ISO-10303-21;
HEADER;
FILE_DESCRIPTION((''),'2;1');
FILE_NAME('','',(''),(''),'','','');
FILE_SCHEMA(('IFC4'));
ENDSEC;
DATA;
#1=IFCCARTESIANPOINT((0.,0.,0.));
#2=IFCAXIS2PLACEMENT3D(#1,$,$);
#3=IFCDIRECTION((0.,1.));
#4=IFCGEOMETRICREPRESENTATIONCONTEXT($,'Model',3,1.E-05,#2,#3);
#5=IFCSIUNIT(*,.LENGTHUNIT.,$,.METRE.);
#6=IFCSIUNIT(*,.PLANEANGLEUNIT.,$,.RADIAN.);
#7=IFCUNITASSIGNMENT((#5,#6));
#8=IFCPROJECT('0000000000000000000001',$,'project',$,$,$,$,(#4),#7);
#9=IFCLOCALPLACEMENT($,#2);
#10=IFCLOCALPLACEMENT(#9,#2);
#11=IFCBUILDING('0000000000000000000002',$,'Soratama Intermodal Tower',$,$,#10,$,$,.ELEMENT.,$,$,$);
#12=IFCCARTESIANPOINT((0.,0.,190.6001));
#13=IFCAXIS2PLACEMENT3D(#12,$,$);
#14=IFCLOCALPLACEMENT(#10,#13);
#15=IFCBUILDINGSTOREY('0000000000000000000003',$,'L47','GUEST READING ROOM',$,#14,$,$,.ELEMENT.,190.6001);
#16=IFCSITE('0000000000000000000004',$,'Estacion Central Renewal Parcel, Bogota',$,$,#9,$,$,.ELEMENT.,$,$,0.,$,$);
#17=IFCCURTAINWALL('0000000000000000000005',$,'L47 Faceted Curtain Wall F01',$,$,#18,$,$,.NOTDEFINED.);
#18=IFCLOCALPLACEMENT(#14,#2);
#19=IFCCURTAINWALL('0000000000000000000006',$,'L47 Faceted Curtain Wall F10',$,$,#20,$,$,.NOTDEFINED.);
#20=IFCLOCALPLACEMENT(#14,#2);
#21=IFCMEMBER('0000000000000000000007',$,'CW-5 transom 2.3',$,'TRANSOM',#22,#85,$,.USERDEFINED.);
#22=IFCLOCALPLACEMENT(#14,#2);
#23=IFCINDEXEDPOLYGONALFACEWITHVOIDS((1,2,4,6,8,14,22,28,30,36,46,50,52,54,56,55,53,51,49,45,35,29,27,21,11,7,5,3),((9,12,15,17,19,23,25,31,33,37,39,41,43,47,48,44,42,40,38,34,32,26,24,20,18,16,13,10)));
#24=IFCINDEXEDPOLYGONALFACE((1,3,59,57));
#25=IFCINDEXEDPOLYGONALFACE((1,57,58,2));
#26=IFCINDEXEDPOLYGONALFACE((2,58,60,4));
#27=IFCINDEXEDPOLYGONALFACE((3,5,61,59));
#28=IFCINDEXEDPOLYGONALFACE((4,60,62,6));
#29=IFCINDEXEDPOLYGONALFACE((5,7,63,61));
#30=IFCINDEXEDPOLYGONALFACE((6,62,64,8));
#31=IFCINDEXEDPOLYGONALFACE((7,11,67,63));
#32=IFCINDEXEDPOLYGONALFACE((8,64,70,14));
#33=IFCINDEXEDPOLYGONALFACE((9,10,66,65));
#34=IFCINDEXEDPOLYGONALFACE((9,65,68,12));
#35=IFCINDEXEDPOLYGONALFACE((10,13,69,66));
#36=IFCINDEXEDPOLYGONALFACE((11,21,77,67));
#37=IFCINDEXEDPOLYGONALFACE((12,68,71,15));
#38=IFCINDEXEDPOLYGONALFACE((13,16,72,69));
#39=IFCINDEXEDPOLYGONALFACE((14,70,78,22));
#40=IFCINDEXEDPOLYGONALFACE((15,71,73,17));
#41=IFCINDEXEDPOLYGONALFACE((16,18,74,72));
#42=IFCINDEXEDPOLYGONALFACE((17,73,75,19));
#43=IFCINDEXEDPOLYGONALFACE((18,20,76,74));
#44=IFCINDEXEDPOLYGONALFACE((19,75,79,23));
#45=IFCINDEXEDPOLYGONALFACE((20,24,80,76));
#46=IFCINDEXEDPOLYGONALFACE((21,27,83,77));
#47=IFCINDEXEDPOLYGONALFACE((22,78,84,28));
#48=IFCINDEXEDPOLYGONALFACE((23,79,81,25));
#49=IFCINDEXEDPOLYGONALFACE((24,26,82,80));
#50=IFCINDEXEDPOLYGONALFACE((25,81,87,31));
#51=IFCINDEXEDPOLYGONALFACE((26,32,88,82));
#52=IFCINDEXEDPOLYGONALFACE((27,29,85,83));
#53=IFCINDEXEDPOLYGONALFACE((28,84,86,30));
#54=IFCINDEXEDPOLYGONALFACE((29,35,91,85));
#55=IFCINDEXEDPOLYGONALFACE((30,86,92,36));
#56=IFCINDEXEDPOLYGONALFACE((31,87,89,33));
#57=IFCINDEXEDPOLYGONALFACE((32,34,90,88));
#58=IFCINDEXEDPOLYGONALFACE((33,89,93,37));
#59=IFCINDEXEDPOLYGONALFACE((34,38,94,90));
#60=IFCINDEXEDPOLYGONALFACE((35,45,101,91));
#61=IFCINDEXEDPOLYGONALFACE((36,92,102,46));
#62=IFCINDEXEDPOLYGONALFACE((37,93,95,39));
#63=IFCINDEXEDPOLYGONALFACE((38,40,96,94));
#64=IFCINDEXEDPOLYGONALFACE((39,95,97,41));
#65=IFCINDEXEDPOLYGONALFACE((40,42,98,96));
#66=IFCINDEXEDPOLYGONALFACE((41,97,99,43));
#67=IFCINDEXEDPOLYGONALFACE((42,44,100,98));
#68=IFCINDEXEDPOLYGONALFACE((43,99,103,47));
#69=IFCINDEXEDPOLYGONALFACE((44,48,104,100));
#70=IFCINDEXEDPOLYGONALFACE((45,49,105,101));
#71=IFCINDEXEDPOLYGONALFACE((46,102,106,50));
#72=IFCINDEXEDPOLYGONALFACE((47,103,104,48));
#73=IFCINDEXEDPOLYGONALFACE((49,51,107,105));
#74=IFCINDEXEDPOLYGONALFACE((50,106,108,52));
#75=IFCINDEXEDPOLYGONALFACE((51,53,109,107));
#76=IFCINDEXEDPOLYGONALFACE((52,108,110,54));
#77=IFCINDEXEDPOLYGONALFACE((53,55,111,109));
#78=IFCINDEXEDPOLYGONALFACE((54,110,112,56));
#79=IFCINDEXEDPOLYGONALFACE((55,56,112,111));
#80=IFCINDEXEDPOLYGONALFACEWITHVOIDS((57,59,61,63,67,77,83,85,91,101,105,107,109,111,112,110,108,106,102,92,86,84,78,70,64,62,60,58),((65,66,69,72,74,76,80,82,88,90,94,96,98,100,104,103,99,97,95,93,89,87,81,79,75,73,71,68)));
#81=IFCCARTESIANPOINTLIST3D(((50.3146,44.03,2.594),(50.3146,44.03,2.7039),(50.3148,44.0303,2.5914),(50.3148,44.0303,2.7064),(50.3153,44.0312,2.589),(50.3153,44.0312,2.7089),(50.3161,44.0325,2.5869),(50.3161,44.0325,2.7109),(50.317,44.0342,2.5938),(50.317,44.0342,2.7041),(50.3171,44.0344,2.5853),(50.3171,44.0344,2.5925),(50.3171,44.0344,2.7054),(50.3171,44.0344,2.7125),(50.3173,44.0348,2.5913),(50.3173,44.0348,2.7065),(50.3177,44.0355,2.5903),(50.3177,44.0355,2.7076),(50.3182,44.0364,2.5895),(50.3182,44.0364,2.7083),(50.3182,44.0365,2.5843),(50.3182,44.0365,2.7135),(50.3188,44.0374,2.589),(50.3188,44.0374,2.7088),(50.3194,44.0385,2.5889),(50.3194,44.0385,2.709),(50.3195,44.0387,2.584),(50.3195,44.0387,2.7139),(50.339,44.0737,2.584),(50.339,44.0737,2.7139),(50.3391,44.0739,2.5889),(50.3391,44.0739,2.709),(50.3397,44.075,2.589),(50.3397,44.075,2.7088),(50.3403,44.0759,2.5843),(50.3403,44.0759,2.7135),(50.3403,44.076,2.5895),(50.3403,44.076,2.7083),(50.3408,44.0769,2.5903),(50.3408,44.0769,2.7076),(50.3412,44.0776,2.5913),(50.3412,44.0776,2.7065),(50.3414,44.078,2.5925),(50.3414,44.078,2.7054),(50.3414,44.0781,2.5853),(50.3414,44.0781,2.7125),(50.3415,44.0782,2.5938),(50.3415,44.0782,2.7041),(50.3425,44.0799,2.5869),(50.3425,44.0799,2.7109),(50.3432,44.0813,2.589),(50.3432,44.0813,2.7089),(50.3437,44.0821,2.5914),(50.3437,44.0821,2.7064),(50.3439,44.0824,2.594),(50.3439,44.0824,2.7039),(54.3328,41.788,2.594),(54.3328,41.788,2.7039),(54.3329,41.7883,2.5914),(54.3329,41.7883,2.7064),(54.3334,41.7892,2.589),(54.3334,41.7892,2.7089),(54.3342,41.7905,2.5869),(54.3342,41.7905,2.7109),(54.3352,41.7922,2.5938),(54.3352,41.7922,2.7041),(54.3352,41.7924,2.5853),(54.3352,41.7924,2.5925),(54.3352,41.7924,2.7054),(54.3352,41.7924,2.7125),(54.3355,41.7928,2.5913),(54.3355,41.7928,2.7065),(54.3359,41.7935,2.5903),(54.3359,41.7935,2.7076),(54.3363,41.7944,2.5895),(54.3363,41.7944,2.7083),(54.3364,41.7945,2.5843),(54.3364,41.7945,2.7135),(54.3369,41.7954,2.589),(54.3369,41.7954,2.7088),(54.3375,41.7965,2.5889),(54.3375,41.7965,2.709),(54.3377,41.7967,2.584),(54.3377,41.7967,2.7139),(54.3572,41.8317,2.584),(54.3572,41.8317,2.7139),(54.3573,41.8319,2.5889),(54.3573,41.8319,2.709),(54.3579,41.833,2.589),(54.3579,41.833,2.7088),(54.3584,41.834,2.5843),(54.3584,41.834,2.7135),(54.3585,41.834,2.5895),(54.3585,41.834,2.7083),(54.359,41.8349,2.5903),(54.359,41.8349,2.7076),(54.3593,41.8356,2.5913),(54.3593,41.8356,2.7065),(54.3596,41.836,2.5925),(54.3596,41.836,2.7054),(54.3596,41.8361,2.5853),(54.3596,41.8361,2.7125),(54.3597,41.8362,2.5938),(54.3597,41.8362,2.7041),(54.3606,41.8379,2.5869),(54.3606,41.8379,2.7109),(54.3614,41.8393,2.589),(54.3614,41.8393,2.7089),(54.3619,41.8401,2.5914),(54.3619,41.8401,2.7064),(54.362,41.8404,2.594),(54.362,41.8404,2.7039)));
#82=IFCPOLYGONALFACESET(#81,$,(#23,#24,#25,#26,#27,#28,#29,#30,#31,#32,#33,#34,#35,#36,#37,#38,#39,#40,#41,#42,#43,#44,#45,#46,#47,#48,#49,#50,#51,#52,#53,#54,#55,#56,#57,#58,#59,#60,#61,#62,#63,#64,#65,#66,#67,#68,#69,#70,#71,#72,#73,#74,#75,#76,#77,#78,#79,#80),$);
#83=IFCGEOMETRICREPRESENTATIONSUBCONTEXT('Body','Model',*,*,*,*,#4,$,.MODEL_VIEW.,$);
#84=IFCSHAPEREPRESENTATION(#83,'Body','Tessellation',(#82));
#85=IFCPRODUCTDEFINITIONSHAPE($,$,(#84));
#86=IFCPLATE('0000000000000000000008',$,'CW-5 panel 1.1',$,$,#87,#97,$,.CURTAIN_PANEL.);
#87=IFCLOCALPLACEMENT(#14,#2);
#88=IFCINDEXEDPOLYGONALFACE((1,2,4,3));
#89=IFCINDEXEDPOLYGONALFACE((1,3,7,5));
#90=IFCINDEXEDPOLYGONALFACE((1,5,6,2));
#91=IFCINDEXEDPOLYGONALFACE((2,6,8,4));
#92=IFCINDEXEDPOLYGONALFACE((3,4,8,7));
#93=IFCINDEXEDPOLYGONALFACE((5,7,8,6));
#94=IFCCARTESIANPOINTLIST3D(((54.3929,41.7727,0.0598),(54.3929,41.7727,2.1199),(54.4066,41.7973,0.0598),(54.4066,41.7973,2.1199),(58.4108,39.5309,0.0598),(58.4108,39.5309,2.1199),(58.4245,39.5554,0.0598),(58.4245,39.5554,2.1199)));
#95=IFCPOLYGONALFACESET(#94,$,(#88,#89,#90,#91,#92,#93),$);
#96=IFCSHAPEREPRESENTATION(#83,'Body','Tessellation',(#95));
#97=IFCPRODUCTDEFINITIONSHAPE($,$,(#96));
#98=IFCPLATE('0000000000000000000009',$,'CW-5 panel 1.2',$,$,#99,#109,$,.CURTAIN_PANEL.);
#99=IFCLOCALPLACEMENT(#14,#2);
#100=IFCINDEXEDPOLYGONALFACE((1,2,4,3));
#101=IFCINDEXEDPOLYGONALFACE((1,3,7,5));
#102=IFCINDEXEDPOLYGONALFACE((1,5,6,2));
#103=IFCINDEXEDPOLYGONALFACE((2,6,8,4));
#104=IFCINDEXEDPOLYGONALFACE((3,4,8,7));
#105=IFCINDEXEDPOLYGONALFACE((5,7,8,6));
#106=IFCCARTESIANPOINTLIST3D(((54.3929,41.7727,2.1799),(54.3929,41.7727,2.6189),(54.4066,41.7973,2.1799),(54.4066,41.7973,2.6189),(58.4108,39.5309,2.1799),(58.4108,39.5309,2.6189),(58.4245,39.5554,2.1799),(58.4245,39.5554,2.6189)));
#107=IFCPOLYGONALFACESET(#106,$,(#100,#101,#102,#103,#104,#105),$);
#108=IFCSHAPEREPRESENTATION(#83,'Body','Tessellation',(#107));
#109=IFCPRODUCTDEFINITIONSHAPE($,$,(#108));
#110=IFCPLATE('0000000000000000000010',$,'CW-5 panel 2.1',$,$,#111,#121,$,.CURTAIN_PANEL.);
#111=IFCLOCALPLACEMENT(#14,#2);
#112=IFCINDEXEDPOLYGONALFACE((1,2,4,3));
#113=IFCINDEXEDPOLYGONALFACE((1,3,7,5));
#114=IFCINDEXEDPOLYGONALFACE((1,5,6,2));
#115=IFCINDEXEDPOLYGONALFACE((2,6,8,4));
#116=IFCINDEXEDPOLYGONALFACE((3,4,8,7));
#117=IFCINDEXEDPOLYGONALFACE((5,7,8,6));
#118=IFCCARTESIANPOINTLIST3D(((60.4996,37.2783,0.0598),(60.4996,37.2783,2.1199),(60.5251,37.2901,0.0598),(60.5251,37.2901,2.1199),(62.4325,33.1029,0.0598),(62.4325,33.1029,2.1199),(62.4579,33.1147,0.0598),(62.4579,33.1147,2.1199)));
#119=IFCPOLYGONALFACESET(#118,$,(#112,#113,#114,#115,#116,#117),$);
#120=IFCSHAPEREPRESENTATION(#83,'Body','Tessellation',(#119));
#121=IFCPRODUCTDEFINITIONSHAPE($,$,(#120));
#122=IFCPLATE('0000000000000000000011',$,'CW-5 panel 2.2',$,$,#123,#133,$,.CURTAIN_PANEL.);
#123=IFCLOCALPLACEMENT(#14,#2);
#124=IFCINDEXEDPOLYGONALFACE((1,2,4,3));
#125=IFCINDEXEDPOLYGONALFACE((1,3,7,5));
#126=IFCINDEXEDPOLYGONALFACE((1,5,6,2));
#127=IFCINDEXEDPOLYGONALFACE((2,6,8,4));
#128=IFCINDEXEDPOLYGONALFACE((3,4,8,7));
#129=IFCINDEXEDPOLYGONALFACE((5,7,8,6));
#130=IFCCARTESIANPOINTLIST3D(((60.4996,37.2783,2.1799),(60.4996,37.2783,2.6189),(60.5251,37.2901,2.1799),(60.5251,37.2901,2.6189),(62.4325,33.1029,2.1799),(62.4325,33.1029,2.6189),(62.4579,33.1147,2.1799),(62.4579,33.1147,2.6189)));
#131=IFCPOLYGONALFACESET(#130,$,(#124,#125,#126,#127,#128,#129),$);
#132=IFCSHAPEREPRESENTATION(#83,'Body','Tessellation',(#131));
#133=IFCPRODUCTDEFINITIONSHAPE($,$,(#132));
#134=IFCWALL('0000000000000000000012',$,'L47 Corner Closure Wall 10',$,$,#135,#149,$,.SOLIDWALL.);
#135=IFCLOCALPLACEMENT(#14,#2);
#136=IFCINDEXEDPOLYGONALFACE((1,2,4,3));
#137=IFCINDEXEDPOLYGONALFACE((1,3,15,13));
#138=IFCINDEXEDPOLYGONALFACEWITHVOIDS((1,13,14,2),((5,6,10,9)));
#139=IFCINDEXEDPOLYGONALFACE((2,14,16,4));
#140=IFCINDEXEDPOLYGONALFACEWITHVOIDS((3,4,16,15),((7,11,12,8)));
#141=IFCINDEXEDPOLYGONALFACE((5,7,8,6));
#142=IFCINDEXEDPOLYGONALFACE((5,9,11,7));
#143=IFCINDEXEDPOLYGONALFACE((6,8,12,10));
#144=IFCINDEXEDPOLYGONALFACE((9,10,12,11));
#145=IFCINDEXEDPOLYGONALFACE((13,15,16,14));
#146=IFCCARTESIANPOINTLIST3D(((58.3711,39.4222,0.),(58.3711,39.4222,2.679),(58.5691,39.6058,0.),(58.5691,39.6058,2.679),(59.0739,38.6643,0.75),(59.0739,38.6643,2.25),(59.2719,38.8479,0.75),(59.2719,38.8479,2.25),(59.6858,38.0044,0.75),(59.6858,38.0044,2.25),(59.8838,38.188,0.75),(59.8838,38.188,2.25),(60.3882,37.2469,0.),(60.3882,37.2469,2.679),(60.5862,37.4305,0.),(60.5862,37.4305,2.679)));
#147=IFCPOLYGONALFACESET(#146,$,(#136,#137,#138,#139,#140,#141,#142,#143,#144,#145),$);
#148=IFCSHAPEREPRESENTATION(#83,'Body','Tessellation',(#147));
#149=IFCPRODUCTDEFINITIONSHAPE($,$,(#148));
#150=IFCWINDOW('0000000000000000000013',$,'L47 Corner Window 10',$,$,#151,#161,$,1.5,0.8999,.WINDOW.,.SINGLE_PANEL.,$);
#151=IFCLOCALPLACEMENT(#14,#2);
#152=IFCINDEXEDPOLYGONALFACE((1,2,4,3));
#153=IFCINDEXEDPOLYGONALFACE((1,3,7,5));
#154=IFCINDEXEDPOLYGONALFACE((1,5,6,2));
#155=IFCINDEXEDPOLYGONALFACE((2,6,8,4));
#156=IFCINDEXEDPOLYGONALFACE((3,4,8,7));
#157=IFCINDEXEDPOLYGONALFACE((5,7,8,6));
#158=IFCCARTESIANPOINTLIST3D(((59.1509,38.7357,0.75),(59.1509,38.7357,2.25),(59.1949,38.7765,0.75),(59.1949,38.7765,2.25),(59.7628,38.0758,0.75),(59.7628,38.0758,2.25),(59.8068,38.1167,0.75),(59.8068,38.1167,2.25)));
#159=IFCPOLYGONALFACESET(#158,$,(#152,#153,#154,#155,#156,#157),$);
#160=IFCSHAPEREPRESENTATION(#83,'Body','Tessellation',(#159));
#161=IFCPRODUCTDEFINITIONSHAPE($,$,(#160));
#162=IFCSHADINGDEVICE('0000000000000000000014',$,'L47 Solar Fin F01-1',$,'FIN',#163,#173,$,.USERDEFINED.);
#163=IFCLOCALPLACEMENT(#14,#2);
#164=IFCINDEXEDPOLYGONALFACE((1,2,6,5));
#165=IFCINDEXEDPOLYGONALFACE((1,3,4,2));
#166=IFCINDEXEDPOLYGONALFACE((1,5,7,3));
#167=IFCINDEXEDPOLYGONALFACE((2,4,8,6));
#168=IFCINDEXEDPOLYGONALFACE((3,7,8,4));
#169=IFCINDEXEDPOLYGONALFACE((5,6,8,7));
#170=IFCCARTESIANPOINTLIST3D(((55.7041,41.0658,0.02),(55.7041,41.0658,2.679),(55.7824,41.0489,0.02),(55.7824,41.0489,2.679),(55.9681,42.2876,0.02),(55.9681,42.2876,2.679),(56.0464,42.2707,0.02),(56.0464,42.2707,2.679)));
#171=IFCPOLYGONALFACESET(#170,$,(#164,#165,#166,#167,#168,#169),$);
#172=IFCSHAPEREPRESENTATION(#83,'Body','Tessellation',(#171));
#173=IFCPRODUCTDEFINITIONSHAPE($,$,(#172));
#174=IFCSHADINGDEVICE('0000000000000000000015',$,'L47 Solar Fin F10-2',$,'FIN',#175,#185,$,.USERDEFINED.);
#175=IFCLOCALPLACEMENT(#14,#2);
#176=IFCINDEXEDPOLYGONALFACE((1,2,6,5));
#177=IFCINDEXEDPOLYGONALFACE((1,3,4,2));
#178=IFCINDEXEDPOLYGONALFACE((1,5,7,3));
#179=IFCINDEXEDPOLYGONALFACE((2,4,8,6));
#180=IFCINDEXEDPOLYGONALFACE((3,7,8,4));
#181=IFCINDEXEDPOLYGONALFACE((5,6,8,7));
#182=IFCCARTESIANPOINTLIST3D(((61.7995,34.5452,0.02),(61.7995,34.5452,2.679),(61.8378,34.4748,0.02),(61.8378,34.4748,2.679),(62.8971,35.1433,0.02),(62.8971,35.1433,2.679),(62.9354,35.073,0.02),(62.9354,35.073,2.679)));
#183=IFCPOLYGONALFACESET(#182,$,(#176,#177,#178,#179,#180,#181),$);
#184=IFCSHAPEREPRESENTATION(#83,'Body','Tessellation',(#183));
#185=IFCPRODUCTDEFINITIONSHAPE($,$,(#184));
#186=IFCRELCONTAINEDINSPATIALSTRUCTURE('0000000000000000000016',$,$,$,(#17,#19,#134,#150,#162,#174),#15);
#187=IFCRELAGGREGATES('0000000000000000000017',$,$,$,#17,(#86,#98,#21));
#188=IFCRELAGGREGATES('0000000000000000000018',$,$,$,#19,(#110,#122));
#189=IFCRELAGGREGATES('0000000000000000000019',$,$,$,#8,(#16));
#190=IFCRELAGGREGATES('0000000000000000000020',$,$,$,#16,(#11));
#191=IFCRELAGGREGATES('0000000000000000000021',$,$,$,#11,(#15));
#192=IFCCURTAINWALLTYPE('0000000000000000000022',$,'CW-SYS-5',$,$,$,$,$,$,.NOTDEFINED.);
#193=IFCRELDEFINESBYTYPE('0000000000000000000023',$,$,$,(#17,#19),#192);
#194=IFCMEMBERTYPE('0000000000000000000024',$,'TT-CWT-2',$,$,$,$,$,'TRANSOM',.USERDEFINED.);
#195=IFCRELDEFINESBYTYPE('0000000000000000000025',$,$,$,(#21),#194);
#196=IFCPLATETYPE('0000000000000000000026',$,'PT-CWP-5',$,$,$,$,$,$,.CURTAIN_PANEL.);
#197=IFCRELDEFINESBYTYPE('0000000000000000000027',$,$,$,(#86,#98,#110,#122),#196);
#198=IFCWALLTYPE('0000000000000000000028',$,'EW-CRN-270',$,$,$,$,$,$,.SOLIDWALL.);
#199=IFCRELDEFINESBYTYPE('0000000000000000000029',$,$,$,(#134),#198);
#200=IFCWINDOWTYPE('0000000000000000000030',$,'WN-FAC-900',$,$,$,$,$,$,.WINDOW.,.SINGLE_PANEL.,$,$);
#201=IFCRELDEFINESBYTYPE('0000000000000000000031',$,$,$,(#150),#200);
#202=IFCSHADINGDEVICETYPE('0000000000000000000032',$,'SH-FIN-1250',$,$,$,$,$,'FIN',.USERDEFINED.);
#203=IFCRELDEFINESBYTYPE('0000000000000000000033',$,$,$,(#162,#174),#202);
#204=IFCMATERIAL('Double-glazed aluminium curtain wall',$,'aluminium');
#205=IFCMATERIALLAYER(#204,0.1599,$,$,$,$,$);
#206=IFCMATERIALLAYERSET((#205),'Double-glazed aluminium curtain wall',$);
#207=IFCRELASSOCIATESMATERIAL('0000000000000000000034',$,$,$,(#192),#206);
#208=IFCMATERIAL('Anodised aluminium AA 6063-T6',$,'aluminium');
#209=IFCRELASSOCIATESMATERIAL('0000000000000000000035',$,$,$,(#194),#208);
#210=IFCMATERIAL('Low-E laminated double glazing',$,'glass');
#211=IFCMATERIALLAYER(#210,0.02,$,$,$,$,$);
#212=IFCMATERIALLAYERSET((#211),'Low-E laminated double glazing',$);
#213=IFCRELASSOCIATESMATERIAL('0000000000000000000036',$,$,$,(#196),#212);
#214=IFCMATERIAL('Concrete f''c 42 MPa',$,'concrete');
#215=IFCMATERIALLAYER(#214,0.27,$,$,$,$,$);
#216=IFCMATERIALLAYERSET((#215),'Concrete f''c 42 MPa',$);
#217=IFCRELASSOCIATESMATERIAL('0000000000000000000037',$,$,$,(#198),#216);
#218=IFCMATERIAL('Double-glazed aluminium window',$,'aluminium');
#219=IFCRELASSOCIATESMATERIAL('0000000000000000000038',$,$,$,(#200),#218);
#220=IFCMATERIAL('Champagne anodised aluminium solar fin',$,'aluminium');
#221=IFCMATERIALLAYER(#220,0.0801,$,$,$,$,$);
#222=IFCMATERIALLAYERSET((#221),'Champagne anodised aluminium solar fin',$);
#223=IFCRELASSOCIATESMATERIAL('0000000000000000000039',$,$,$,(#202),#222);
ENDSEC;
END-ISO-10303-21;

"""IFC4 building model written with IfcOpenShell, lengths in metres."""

from ifc_helpers import new_model, si_unit, direction, frame, frame_2d, origin, origin_2d, place, context, subcontext, project, spatial, rectangle, hollow_rectangle, extrude, material, layer, layer_set, material_profile, profile_set, type_object, element, fill, aggregate, save


model = new_model("IFC4")

# Units and contexts
model_context = context("Model", 3, precision=1e-05, world=origin(), true_north=direction((0.0, 1.0)))
body_context = subcontext(model_context, "Body", "Model", "MODEL_VIEW")
ifc_project = project(units=[si_unit("LENGTHUNIT", "METRE"), si_unit("PLANEANGLEUNIT", "RADIAN")], contexts=[model_context])

# Site, building, storey
site_placement = place(None, origin())
site = spatial("IfcSite", under=ifc_project, at=site_placement, Name="Estacion Central Renewal Parcel, Bogota", CompositionType="ELEMENT", RefElevation=0.0)
building_placement = place(site_placement, origin())
building = spatial("IfcBuilding", under=site, at=building_placement, Name="Soratama Intermodal Tower", CompositionType="ELEMENT")
storey_placement = place(building_placement, frame((0.0, 0.0, 190.6001)))
storey = spatial("IfcBuildingStorey", under=building, at=storey_placement, Name="L47", Description="GUEST READING ROOM", CompositionType="ELEMENT", Elevation=190.6001)

# Curtain wall
ifc_material_1 = material(Name="Double-glazed aluminium curtain wall", Category="aluminium")
ifc_layer_1 = layer(ifc_material_1, 0.1599)
ifc_layer_set_1 = layer_set([ifc_layer_1], Name="Double-glazed aluminium curtain wall")
curtain_wall_type = type_object("IfcCurtainWallType", Name="CW-SYS-5", PredefinedType="NOTDEFINED", material=ifc_layer_set_1)
curtain_wall_1_placement = place(storey_placement, origin())
curtain_wall_1 = element("IfcCurtainWall", 1, at=curtain_wall_1_placement, inside=storey, type_object=curtain_wall_type, Name="L47 Faceted Curtain Wall F01", PredefinedType="NOTDEFINED")

# Curtain wall
curtain_wall_2_placement = place(storey_placement, origin())
curtain_wall_2 = element("IfcCurtainWall", 2, at=curtain_wall_2_placement, inside=storey, type_object=curtain_wall_type, Name="L47 Faceted Curtain Wall F10", PredefinedType="NOTDEFINED")

# Member
ifc_material_2 = material(Name="Anodised aluminium AA 6063-T6", Category="aluminium")
ifc_material_profile_1 = material_profile(ifc_material_2, hollow_rectangle(XDim=0.0601, YDim=0.1299, WallThickness=0.0049, InnerFilletRadius=0.0049, OuterFilletRadius=0.01, at=origin_2d()), Name="CWT130X60X5")
ifc_profile_set_1 = profile_set([ifc_material_profile_1], Name="Anodised aluminium AA 6063-T6")
member_type_1 = type_object("IfcMemberType", Name="TT-CWT-2", ElementType="TRANSOM", PredefinedType="USERDEFINED", material=ifc_profile_set_1)
member_1_placement = place(storey_placement, frame((54.3474, 41.8142, 2.6489), z_axis=(-0.873262, 0.48725, 0.0), x_axis=(-0.48725, -0.873262, 0.0)))
member_1 = element("IfcMember", 3, at=member_1_placement, type_object=member_type_1, Name="CW-5 transom 2.3", ObjectType="TRANSOM", PredefinedType="USERDEFINED", context=body_context, shape_type="SweptSolid", body=[
    extrude(hollow_rectangle(XDim=0.0601, YDim=0.1299, WallThickness=0.0049, InnerFilletRadius=0.0049, OuterFilletRadius=0.01, at=origin_2d()), origin(), (0.0, 0.0, 1.0), 4.6013),
])

# Plates
ifc_material_3 = material(Name="Low-E laminated double glazing", Category="glass")
ifc_layer_2 = layer(ifc_material_3, 0.02)
ifc_layer_set_2 = layer_set([ifc_layer_2], Name="Low-E laminated double glazing")
plate_type = type_object("IfcPlateType", Name="PT-CWP-5", PredefinedType="CURTAIN_PANEL", material=ifc_layer_set_2)
plate_1_placement = place(storey_placement, frame((56.4087, 40.6641, 0.0598), z_axis=(0.0, 0.0, 1.0), x_axis=(-0.873261, 0.487253, 0.0)))
plate_1 = element("IfcPlate", 4, at=plate_1_placement, type_object=plate_type, Name="CW-5 panel 1.1", PredefinedType="CURTAIN_PANEL", context=body_context, shape_type="SweptSolid", body=[
    extrude(rectangle(XDim=4.6011, YDim=0.0281, at=origin_2d()), origin(), (0.0, 0.0, 1.0), 2.0601),
])
plate_2_placement = place(storey_placement, frame((56.4087, 40.6641, 2.1799), z_axis=(0.0, 0.0, 1.0), x_axis=(-0.873261, 0.487253, 0.0)))
plate_2 = element("IfcPlate", 5, at=plate_2_placement, type_object=plate_type, Name="CW-5 panel 1.2", PredefinedType="CURTAIN_PANEL", context=body_context, shape_type="SweptSolid", body=[
    extrude(rectangle(XDim=4.6011, YDim=0.0281, at=origin_2d()), origin(), (0.0, 0.0, 1.0), 0.439),
])
aggregate(curtain_wall_1, [plate_1, plate_2, member_1])
plate_3_placement = place(storey_placement, frame((61.4788, 35.1965, 0.0598), z_axis=(0.0, 0.0, 1.0), x_axis=(-0.420092, 0.907482, 0.0)))
plate_3 = element("IfcPlate", 6, at=plate_3_placement, type_object=plate_type, Name="CW-5 panel 2.1", PredefinedType="CURTAIN_PANEL", context=body_context, shape_type="SweptSolid", body=[
    extrude(rectangle(XDim=4.6011, YDim=0.0281, at=origin_2d()), origin(), (0.0, 0.0, 1.0), 2.0601),
])
plate_4_placement = place(storey_placement, frame((61.4788, 35.1965, 2.1799), z_axis=(0.0, 0.0, 1.0), x_axis=(-0.420092, 0.907482, 0.0)))
plate_4 = element("IfcPlate", 7, at=plate_4_placement, type_object=plate_type, Name="CW-5 panel 2.2", PredefinedType="CURTAIN_PANEL", context=body_context, shape_type="SweptSolid", body=[
    extrude(rectangle(XDim=4.6011, YDim=0.0281, at=origin_2d()), origin(), (0.0, 0.0, 1.0), 0.439),
])
aggregate(curtain_wall_2, [plate_3, plate_4])

# Wall, opening, window
ifc_material_4 = material(Name="Concrete f'c 42 MPa", Category="concrete")
ifc_layer_3 = layer(ifc_material_4, 0.27)
ifc_layer_set_3 = layer_set([ifc_layer_3], Name="Concrete f'c 42 MPa")
wall_type = type_object("IfcWallType", Name="EW-CRN-270", PredefinedType="SOLIDWALL", material=ifc_layer_set_3)
wall_placement = place(storey_placement, frame((60.4873, 37.3386, 0.0), z_axis=(0.0, 0.0, 1.0), x_axis=(-0.67994, 0.733268, 0.0)))
wall = element("IfcWall", 8, at=wall_placement, inside=storey, type_object=wall_type, Name="L47 Corner Closure Wall 10", PredefinedType="SOLIDWALL", context=body_context, shape_type="SweptSolid", body=[
    extrude(rectangle(XDim=2.9666, YDim=0.27, at=frame_2d((1.4834, 0.0))), origin(), (0.0, 0.0, 1.0), 2.679),
])
opening_placement = place(wall_placement, frame((1.0332, 0.0, 0.75)))
opening = element("IfcOpeningElement", 9, at=opening_placement, cuts=wall, PredefinedType="OPENING", context=body_context, shape_type="SweptSolid", body=[
    extrude(rectangle(XDim=0.8999, YDim=1.5, at=frame_2d((0.45, 0.75))), frame((0.0, 0.145, 0.0), z_axis=(0.0, -1.0, 0.0), x_axis=(1.0, 0.0, 0.0)), (0.0, 0.0, 1.0), 0.29),
])
ifc_material_5 = material(Name="Double-glazed aluminium window", Category="aluminium")
window_type = type_object("IfcWindowType", Name="WN-FAC-900", PartitioningType="SINGLE_PANEL", PredefinedType="WINDOW", material=ifc_material_5)
window_placement = place(opening_placement, origin())
window = element("IfcWindow", 10, at=window_placement, inside=storey, type_object=window_type, Name="L47 Corner Window 10", OverallHeight=1.5, OverallWidth=0.8999, PartitioningType="SINGLE_PANEL", PredefinedType="WINDOW", context=body_context, shape_type="SweptSolid", body=[
    extrude(rectangle(XDim=0.8999, YDim=1.5, at=frame_2d((0.45, 0.75))), frame((0.0, 0.03, 0.0), z_axis=(0.0, -1.0, 0.0), x_axis=(1.0, 0.0, 0.0)), (0.0, 0.0, 1.0), 0.0601),
])
fill(opening, window)

# Shading devices
ifc_material_6 = material(Name="Champagne anodised aluminium solar fin", Category="aluminium")
ifc_layer_4 = layer(ifc_material_6, 0.0801)
ifc_layer_set_4 = layer_set([ifc_layer_4], Name="Champagne anodised aluminium solar fin")
shading_device_type = type_object("IfcShadingDeviceType", Name="SH-FIN-1250", ElementType="FIN", PredefinedType="USERDEFINED", material=ifc_layer_set_4)
for number, where, z_axis, x_axis, name in (
    (11, (55.8752, 41.6682, 0.02), (0.0, 0.0, 1.0), (0.211154, 0.977453, 0.0), "L47 Solar Fin F01-1"),
    (12, (62.3674, 34.8091, 0.02), (0.0, 0.0, 1.0), (0.878067, 0.478539, 0.0), "L47 Solar Fin F10-2"),
):
    element("IfcShadingDevice", number, at=place(storey_placement, frame(where, z_axis=z_axis, x_axis=x_axis)), inside=storey, type_object=shading_device_type, Name=name, ObjectType="FIN", PredefinedType="USERDEFINED", context=body_context, shape_type="SweptSolid", body=[
        extrude(rectangle(XDim=1.25, YDim=0.0801, at=origin_2d()), origin(), (0.0, 0.0, 1.0), 2.6589),
    ])

save(model, "model.ifc")
